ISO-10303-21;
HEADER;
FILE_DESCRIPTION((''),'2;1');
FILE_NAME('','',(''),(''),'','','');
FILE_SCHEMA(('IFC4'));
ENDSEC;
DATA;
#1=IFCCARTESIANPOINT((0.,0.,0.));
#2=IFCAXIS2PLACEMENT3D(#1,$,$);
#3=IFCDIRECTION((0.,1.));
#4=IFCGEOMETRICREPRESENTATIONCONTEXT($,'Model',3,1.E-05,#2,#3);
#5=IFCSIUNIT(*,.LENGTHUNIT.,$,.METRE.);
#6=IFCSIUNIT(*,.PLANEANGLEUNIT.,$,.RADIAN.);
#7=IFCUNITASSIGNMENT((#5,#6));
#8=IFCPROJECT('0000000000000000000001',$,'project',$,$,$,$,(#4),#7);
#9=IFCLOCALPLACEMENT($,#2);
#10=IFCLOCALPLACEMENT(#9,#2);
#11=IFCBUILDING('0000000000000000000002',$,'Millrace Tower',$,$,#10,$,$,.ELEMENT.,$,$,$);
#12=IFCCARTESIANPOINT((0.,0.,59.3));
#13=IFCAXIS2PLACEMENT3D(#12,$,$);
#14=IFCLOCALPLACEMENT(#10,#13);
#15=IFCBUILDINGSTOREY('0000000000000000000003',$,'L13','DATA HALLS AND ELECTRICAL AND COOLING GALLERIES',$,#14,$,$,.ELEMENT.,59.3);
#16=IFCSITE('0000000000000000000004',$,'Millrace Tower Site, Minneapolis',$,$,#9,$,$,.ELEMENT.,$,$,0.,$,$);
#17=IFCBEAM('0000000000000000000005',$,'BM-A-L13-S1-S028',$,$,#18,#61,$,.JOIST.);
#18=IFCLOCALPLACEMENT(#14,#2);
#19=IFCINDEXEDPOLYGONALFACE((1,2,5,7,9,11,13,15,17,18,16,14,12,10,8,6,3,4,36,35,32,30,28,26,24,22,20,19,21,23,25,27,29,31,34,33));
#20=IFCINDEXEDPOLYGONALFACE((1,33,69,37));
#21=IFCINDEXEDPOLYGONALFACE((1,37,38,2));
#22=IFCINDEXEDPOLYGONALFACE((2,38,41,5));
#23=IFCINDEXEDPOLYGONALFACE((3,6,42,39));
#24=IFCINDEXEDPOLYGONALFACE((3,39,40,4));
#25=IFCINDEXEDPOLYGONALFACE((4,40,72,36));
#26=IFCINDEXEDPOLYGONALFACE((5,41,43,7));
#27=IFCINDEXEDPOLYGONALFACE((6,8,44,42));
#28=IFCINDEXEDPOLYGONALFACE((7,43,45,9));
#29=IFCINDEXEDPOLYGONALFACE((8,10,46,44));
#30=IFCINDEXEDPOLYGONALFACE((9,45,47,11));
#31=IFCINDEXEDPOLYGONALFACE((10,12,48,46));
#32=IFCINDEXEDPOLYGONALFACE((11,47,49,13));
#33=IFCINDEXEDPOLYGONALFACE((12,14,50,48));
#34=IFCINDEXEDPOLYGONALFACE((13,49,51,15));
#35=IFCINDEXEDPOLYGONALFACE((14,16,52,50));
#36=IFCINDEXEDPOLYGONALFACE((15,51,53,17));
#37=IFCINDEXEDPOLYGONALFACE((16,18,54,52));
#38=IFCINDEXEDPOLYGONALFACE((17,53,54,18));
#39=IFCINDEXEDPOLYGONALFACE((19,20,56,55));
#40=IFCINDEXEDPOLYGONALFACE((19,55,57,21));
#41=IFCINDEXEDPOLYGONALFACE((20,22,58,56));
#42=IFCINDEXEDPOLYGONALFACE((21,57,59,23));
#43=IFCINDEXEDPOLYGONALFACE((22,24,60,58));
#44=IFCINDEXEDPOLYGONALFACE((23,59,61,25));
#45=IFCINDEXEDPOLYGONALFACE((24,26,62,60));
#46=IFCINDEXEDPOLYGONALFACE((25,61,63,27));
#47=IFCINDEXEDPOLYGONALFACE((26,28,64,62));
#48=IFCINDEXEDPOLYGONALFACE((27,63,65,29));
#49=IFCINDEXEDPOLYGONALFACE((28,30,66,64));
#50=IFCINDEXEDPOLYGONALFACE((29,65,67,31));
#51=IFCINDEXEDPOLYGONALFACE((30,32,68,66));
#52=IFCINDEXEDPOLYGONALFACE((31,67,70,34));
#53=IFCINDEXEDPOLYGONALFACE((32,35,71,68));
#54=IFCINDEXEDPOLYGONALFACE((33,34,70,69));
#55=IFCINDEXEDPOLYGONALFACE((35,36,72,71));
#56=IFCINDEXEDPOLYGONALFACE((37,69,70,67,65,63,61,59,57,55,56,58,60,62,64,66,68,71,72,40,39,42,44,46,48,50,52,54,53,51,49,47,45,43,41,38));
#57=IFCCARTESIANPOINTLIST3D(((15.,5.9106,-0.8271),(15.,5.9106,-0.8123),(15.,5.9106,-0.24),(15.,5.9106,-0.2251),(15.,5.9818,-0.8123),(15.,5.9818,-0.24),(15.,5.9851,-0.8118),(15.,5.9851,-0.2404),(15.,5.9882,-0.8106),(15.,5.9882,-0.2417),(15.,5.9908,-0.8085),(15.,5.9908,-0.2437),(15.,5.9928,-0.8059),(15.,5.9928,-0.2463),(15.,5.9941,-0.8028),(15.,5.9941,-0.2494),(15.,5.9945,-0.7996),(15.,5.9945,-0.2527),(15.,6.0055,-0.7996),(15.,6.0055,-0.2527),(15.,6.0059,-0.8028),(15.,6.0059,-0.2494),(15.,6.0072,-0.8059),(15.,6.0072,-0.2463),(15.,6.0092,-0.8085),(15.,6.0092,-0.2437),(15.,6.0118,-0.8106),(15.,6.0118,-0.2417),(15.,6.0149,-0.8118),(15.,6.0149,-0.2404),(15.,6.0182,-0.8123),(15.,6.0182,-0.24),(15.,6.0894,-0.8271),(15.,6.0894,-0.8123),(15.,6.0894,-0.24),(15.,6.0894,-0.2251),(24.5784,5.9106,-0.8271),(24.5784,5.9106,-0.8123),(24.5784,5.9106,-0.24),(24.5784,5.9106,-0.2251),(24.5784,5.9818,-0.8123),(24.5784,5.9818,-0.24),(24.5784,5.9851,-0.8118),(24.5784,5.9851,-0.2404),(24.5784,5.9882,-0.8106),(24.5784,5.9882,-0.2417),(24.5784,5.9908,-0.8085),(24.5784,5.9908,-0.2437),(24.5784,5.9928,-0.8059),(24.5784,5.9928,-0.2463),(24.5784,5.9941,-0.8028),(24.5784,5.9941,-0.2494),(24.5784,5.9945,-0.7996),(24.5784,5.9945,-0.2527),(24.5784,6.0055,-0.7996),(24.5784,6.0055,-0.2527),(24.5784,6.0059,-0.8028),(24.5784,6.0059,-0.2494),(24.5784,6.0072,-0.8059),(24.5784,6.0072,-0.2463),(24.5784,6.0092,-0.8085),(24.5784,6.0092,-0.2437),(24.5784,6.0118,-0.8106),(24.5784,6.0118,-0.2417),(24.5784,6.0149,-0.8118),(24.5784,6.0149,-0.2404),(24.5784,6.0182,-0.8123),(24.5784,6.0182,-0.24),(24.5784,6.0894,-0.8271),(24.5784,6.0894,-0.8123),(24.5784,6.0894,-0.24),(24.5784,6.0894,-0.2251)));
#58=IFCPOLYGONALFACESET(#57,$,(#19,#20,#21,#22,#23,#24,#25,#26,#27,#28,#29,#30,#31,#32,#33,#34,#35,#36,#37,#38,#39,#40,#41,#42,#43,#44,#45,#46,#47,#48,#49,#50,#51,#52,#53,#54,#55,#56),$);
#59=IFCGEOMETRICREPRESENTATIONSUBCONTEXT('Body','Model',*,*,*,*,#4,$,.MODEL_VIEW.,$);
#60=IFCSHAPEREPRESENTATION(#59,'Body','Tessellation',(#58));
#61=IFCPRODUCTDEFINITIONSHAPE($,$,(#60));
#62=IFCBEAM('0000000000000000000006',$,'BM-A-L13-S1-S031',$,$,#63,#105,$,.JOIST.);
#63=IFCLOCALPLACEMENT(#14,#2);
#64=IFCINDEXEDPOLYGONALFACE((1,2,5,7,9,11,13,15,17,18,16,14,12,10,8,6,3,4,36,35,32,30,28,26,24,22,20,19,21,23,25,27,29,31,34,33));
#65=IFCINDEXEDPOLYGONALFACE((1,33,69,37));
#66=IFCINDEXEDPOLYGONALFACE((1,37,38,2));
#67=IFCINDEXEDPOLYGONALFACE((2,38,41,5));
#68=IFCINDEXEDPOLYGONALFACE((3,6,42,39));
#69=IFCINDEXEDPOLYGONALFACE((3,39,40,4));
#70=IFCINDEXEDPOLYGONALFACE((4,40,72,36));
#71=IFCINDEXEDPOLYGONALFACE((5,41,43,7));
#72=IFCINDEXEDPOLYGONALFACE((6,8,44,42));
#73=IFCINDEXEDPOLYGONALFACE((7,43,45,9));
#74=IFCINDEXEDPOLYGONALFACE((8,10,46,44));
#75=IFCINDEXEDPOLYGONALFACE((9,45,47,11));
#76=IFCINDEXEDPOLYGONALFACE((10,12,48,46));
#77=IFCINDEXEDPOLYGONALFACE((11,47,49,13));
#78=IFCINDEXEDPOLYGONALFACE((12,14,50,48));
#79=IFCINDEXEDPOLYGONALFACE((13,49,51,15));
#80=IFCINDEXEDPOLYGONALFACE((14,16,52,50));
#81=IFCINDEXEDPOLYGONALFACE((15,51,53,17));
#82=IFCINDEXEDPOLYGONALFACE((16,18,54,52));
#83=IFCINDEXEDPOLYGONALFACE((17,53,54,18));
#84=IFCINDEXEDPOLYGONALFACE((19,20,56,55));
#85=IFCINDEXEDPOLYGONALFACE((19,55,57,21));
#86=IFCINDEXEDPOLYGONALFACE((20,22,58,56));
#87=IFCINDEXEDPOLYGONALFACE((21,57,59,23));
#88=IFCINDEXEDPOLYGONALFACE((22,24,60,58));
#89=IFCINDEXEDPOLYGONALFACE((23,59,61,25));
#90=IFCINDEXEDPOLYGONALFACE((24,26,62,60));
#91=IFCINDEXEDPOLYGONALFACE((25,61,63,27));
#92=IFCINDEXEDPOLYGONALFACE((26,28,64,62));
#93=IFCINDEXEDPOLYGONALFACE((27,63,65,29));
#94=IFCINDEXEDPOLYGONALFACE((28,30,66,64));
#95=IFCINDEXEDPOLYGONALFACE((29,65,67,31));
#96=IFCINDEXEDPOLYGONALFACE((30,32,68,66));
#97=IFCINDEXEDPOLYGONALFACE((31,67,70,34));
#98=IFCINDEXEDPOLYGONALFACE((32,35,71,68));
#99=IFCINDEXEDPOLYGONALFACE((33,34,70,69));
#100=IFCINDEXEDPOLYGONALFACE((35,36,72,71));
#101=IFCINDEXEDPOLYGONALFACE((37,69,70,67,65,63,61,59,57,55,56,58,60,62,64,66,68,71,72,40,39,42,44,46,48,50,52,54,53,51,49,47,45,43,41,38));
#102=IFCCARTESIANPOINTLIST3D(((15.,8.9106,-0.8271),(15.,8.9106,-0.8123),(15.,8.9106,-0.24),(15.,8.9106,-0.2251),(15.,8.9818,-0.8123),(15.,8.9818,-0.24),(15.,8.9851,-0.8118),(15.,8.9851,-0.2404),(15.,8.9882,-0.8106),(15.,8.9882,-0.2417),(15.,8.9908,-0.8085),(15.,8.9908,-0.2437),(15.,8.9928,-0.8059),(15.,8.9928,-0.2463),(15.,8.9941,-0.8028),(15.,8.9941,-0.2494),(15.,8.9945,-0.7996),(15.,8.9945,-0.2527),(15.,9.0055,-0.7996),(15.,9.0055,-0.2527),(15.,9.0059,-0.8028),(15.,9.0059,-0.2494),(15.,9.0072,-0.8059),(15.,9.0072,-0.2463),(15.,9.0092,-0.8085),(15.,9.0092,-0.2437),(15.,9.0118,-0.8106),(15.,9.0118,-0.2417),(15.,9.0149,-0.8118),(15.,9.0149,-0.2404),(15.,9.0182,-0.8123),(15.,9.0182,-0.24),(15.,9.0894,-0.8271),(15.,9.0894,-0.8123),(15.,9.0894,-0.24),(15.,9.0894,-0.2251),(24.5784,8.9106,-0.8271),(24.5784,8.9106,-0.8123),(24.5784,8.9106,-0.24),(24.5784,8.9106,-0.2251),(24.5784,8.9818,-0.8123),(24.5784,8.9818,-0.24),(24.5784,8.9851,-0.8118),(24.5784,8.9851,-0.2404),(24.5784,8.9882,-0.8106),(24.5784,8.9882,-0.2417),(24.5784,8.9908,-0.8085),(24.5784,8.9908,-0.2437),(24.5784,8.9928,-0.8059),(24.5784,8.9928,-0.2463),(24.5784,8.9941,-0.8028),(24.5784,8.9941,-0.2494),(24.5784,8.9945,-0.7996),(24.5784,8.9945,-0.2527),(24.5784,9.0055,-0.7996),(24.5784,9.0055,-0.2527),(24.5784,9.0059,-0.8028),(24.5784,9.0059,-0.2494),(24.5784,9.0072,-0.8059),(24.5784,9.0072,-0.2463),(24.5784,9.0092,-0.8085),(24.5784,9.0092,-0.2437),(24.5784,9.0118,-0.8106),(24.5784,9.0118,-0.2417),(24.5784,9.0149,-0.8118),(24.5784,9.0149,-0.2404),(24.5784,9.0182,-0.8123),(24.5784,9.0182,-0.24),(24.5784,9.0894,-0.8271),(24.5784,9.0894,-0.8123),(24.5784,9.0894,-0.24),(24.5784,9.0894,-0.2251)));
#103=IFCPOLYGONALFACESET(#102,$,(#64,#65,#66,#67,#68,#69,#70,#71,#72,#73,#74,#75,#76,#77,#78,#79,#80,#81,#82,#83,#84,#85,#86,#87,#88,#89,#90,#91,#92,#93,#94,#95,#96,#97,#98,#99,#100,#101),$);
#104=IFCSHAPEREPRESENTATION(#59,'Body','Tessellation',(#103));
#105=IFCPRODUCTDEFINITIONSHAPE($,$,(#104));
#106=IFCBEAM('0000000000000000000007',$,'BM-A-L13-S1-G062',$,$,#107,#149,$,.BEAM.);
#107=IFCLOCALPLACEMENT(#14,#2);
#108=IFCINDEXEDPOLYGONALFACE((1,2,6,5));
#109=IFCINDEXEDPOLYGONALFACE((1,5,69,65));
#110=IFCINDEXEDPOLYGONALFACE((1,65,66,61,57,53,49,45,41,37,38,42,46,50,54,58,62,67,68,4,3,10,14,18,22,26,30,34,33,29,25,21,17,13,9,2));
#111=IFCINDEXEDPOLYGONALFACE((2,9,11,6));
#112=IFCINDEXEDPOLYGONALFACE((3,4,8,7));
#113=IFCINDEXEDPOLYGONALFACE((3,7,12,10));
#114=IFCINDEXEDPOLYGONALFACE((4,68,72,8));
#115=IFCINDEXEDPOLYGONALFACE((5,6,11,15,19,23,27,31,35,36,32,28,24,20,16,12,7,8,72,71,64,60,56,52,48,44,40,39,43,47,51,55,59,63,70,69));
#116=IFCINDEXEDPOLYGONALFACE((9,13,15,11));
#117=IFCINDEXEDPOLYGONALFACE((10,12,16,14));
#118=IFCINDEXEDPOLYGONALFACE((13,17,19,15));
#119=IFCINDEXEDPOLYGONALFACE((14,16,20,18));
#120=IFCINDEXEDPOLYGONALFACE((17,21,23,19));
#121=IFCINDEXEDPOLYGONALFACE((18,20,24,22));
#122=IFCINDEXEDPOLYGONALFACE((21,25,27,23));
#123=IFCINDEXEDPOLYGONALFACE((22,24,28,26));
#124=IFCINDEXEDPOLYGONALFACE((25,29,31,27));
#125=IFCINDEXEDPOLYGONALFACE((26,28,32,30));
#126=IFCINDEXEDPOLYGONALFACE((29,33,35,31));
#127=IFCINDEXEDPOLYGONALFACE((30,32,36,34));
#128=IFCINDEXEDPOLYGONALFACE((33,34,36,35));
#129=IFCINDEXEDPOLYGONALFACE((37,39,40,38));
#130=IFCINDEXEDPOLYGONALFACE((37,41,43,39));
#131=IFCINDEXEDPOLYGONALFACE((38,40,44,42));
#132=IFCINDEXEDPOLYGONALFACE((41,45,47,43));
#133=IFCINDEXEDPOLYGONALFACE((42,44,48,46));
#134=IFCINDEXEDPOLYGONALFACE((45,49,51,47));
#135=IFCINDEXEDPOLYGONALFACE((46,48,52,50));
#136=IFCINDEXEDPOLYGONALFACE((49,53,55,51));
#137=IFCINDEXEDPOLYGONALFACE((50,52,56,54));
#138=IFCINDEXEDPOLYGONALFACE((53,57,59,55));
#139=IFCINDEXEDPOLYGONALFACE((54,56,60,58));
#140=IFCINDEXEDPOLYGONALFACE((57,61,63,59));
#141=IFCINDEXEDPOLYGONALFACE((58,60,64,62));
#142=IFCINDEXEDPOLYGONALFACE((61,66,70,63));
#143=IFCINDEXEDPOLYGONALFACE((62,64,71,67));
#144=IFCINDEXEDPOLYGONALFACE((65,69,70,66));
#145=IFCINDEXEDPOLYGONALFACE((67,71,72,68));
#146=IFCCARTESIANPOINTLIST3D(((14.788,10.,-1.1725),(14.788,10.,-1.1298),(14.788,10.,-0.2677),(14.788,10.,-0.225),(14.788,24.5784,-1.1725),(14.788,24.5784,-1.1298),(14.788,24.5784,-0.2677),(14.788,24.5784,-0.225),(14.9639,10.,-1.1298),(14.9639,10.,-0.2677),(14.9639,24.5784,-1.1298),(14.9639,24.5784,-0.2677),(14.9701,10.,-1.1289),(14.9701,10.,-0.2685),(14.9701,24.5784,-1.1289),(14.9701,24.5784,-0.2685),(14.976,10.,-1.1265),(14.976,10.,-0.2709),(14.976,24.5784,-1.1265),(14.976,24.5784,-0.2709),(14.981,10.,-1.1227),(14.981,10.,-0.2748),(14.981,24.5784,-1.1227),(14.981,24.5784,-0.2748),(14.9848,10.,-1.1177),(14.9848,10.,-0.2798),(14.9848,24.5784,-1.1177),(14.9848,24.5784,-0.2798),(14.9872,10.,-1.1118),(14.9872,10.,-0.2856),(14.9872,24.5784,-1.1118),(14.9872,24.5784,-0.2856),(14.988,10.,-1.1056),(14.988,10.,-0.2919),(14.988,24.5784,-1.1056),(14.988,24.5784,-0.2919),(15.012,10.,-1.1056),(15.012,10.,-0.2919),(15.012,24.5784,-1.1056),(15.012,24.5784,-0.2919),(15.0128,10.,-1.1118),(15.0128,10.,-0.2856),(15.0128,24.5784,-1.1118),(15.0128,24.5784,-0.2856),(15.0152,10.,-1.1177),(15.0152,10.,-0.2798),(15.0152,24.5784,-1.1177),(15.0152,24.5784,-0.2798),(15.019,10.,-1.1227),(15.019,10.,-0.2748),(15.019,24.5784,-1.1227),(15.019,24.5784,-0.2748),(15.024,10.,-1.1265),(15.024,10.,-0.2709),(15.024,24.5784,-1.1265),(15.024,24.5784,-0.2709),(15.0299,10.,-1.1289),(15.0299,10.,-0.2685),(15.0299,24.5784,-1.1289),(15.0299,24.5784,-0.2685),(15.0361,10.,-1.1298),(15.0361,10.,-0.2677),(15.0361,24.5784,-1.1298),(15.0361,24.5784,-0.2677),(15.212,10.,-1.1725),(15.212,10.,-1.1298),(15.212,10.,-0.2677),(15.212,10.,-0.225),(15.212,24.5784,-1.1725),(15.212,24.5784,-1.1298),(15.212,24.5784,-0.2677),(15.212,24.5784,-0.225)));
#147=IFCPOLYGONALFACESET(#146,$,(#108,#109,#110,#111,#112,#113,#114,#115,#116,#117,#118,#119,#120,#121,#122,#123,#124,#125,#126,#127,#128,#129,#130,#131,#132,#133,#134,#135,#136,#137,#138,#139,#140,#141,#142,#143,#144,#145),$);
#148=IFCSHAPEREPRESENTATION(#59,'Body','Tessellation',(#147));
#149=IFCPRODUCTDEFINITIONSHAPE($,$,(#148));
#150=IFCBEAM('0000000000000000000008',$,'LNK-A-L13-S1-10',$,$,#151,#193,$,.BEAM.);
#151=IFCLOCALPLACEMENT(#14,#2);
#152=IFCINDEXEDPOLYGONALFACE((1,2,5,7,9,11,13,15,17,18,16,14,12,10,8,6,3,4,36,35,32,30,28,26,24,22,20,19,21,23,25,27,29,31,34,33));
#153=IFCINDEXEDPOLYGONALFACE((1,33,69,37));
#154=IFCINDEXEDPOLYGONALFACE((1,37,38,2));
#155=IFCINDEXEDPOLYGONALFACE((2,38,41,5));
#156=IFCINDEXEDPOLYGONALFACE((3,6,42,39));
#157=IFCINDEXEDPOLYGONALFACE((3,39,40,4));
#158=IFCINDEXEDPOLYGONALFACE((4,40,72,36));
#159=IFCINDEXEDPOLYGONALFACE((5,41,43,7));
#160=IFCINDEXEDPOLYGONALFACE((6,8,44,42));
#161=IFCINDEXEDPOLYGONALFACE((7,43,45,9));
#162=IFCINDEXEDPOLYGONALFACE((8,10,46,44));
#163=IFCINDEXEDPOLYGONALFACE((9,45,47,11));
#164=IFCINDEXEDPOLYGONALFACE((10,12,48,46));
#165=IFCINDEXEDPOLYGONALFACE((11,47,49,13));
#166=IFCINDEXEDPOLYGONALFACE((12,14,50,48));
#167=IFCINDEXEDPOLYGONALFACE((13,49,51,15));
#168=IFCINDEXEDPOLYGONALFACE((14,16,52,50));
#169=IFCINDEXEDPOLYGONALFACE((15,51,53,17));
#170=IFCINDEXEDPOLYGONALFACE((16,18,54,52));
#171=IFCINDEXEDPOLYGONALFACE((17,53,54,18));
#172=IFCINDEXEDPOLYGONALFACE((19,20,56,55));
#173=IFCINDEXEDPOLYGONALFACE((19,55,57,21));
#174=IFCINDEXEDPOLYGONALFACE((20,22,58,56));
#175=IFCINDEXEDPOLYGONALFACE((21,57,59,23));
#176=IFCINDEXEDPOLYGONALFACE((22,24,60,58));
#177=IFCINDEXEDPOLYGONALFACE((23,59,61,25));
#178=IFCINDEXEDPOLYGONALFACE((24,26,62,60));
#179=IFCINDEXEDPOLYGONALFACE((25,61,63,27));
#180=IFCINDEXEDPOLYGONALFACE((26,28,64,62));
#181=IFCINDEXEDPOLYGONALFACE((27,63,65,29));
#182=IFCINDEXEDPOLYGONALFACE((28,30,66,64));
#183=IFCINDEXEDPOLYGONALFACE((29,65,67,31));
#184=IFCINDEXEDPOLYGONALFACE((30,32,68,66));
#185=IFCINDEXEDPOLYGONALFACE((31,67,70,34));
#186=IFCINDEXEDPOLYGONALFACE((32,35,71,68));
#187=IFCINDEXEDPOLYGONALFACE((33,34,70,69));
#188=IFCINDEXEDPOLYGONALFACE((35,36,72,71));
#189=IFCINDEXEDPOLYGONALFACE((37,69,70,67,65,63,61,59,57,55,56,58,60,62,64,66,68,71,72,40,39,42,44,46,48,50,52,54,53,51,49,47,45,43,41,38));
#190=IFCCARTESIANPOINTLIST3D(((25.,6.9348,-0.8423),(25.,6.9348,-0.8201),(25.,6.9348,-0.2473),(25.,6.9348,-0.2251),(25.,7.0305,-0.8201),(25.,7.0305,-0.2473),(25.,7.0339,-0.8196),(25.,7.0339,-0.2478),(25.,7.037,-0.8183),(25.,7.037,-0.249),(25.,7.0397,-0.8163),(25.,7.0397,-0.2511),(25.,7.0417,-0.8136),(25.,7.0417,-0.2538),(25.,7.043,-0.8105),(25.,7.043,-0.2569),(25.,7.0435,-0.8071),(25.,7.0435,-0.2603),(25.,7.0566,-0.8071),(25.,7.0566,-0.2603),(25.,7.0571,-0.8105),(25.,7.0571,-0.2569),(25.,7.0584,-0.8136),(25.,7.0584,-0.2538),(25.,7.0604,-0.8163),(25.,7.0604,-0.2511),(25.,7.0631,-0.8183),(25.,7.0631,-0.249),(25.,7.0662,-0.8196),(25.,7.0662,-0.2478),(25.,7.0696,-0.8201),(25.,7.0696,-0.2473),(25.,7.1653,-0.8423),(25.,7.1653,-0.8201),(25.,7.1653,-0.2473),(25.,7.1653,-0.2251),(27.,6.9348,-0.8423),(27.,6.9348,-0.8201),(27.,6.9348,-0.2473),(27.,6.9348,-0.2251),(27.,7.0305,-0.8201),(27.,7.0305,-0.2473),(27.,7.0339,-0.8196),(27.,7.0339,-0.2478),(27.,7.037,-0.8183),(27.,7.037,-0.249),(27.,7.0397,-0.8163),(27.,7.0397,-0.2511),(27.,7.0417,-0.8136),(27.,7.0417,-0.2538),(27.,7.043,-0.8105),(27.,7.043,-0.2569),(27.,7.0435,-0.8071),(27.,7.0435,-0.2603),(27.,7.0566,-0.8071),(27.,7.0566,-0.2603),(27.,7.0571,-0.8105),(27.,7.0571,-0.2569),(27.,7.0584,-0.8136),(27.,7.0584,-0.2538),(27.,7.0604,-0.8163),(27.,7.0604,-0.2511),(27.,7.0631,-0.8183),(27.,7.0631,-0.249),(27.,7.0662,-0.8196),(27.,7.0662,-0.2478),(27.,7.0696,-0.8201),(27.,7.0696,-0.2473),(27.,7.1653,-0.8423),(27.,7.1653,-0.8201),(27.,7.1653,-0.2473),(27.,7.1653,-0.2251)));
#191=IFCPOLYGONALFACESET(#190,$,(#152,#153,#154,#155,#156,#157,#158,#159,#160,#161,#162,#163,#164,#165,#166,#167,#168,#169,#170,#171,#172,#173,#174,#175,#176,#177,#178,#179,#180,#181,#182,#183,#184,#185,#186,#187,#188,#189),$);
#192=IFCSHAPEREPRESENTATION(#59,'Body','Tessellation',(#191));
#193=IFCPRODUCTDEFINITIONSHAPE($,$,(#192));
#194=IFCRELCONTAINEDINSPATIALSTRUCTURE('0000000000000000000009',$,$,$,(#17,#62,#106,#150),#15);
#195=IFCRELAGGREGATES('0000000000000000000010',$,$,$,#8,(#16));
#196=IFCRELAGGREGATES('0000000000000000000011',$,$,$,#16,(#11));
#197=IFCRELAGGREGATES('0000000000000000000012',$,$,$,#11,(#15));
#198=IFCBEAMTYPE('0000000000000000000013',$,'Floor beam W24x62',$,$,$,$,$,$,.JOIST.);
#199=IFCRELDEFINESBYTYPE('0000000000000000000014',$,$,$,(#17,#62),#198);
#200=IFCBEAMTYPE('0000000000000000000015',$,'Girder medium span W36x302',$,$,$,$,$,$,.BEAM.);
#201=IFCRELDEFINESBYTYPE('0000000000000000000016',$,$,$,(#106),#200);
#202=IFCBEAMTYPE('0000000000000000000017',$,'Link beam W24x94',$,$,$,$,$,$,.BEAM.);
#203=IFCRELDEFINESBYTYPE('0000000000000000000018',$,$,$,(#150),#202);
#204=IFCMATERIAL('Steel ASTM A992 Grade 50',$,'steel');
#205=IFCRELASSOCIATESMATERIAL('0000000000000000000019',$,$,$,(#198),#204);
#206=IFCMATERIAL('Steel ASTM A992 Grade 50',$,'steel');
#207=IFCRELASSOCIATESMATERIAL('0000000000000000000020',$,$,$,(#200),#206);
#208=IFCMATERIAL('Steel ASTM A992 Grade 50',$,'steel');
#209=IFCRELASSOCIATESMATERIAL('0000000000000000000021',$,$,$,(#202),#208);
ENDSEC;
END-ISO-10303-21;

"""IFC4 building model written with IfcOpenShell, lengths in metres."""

from ifc_helpers import new_model, si_unit, direction, frame, origin, origin_2d, place, context, subcontext, project, spatial, i_section, extrude, material, material_profile, profile_set, type_object, element, save


model = new_model("IFC4")

# Units and contexts
model_context = context("Model", 3, precision=1e-05, world=origin(), true_north=direction((0.0, 1.0)))
body_context = subcontext(model_context, "Body", "Model", "MODEL_VIEW")
ifc_project = project(units=[si_unit("LENGTHUNIT", "METRE"), si_unit("PLANEANGLEUNIT", "RADIAN")], contexts=[model_context])

# Site, building, storey
site_placement = place(None, origin())
site = spatial("IfcSite", under=ifc_project, at=site_placement, Name="Millrace Tower Site, Minneapolis", CompositionType="ELEMENT", RefElevation=0.0)
building_placement = place(site_placement, origin())
building = spatial("IfcBuilding", under=site, at=building_placement, Name="Millrace Tower", CompositionType="ELEMENT")
storey_placement = place(building_placement, frame((0.0, 0.0, 59.3)))
storey = spatial("IfcBuildingStorey", under=building, at=storey_placement, Name="L13", Description="DATA HALLS AND ELECTRICAL AND COOLING GALLERIES", CompositionType="ELEMENT", Elevation=59.3)

# Beams
ifc_material_1 = material(Name="Steel ASTM A992 Grade 50", Category="steel")
ifc_material_profile_1 = material_profile(ifc_material_1, i_section(OverallWidth=0.1787, OverallDepth=0.6021, WebThickness=0.011, FlangeThickness=0.0149, FilletRadius=0.0127, at=origin_2d()))
ifc_profile_set_1 = profile_set([ifc_material_profile_1], Name="Steel ASTM A992 Grade 50")
beam_type_1 = type_object("IfcBeamType", Name="Floor beam W24x62", PredefinedType="JOIST", material=ifc_profile_set_1)
for number, where, z_axis, x_axis, name in (
    (1, (15.0, 6.0, -0.5261), (1.0, 0.0, 0.0), (0.0, 1.0, 0.0), "BM-A-L13-S1-S028"),
    (2, (15.0, 9.0, -0.5261), (1.0, 0.0, 0.0), (0.0, 1.0, 0.0), "BM-A-L13-S1-S031"),
):
    element("IfcBeam", number, at=place(storey_placement, frame(where, z_axis=z_axis, x_axis=x_axis)), inside=storey, type_object=beam_type_1, Name=name, PredefinedType="JOIST", context=body_context, shape_type="SweptSolid", body=[
        extrude(i_section(OverallWidth=0.1787, OverallDepth=0.6021, WebThickness=0.011, FlangeThickness=0.0149, FilletRadius=0.0127, at=origin_2d()), origin(), (0.0, 0.0, 1.0), 9.5784),
    ])
ifc_material_2 = material(Name="Steel ASTM A992 Grade 50", Category="steel")
ifc_material_profile_2 = material_profile(ifc_material_2, i_section(OverallWidth=0.4241, OverallDepth=0.9475, WebThickness=0.0239, FlangeThickness=0.0427, FilletRadius=0.0242, at=origin_2d()))
ifc_profile_set_2 = profile_set([ifc_material_profile_2], Name="Steel ASTM A992 Grade 50")
beam_type_2 = type_object("IfcBeamType", Name="Girder medium span W36x302", PredefinedType="BEAM", material=ifc_profile_set_2)
beam_1_placement = place(storey_placement, frame((15.0, 10.0, -0.6987), z_axis=(0.0, 1.0, 0.0), x_axis=(-1.0, 0.0, 0.0)))
element("IfcBeam", 3, at=beam_1_placement, inside=storey, type_object=beam_type_2, Name="BM-A-L13-S1-G062", PredefinedType="BEAM", context=body_context, shape_type="SweptSolid", body=[
    extrude(i_section(OverallWidth=0.4241, OverallDepth=0.9475, WebThickness=0.0239, FlangeThickness=0.0427, FilletRadius=0.0242, at=origin_2d()), origin(), (0.0, 0.0, 1.0), 14.5784),
])
ifc_material_3 = material(Name="Steel ASTM A992 Grade 50", Category="steel")
ifc_material_profile_3 = material_profile(ifc_material_3, i_section(OverallWidth=0.2305, OverallDepth=0.6172, WebThickness=0.0132, FlangeThickness=0.0222, FilletRadius=0.0129, at=origin_2d()))
ifc_profile_set_3 = profile_set([ifc_material_profile_3], Name="Steel ASTM A992 Grade 50")
beam_type_3 = type_object("IfcBeamType", Name="Link beam W24x94", PredefinedType="BEAM", material=ifc_profile_set_3)
beam_2_placement = place(storey_placement, frame((25.0, 7.05, -0.5337), z_axis=(1.0, 0.0, 0.0), x_axis=(0.0, 1.0, 0.0)))
element("IfcBeam", 4, at=beam_2_placement, inside=storey, type_object=beam_type_3, Name="LNK-A-L13-S1-10", PredefinedType="BEAM", context=body_context, shape_type="SweptSolid", body=[
    extrude(i_section(OverallWidth=0.2305, OverallDepth=0.6172, WebThickness=0.0132, FlangeThickness=0.0222, FilletRadius=0.0129, at=origin_2d()), origin(), (0.0, 0.0, 1.0), 2.0),
])

save(model, "model.ifc")
